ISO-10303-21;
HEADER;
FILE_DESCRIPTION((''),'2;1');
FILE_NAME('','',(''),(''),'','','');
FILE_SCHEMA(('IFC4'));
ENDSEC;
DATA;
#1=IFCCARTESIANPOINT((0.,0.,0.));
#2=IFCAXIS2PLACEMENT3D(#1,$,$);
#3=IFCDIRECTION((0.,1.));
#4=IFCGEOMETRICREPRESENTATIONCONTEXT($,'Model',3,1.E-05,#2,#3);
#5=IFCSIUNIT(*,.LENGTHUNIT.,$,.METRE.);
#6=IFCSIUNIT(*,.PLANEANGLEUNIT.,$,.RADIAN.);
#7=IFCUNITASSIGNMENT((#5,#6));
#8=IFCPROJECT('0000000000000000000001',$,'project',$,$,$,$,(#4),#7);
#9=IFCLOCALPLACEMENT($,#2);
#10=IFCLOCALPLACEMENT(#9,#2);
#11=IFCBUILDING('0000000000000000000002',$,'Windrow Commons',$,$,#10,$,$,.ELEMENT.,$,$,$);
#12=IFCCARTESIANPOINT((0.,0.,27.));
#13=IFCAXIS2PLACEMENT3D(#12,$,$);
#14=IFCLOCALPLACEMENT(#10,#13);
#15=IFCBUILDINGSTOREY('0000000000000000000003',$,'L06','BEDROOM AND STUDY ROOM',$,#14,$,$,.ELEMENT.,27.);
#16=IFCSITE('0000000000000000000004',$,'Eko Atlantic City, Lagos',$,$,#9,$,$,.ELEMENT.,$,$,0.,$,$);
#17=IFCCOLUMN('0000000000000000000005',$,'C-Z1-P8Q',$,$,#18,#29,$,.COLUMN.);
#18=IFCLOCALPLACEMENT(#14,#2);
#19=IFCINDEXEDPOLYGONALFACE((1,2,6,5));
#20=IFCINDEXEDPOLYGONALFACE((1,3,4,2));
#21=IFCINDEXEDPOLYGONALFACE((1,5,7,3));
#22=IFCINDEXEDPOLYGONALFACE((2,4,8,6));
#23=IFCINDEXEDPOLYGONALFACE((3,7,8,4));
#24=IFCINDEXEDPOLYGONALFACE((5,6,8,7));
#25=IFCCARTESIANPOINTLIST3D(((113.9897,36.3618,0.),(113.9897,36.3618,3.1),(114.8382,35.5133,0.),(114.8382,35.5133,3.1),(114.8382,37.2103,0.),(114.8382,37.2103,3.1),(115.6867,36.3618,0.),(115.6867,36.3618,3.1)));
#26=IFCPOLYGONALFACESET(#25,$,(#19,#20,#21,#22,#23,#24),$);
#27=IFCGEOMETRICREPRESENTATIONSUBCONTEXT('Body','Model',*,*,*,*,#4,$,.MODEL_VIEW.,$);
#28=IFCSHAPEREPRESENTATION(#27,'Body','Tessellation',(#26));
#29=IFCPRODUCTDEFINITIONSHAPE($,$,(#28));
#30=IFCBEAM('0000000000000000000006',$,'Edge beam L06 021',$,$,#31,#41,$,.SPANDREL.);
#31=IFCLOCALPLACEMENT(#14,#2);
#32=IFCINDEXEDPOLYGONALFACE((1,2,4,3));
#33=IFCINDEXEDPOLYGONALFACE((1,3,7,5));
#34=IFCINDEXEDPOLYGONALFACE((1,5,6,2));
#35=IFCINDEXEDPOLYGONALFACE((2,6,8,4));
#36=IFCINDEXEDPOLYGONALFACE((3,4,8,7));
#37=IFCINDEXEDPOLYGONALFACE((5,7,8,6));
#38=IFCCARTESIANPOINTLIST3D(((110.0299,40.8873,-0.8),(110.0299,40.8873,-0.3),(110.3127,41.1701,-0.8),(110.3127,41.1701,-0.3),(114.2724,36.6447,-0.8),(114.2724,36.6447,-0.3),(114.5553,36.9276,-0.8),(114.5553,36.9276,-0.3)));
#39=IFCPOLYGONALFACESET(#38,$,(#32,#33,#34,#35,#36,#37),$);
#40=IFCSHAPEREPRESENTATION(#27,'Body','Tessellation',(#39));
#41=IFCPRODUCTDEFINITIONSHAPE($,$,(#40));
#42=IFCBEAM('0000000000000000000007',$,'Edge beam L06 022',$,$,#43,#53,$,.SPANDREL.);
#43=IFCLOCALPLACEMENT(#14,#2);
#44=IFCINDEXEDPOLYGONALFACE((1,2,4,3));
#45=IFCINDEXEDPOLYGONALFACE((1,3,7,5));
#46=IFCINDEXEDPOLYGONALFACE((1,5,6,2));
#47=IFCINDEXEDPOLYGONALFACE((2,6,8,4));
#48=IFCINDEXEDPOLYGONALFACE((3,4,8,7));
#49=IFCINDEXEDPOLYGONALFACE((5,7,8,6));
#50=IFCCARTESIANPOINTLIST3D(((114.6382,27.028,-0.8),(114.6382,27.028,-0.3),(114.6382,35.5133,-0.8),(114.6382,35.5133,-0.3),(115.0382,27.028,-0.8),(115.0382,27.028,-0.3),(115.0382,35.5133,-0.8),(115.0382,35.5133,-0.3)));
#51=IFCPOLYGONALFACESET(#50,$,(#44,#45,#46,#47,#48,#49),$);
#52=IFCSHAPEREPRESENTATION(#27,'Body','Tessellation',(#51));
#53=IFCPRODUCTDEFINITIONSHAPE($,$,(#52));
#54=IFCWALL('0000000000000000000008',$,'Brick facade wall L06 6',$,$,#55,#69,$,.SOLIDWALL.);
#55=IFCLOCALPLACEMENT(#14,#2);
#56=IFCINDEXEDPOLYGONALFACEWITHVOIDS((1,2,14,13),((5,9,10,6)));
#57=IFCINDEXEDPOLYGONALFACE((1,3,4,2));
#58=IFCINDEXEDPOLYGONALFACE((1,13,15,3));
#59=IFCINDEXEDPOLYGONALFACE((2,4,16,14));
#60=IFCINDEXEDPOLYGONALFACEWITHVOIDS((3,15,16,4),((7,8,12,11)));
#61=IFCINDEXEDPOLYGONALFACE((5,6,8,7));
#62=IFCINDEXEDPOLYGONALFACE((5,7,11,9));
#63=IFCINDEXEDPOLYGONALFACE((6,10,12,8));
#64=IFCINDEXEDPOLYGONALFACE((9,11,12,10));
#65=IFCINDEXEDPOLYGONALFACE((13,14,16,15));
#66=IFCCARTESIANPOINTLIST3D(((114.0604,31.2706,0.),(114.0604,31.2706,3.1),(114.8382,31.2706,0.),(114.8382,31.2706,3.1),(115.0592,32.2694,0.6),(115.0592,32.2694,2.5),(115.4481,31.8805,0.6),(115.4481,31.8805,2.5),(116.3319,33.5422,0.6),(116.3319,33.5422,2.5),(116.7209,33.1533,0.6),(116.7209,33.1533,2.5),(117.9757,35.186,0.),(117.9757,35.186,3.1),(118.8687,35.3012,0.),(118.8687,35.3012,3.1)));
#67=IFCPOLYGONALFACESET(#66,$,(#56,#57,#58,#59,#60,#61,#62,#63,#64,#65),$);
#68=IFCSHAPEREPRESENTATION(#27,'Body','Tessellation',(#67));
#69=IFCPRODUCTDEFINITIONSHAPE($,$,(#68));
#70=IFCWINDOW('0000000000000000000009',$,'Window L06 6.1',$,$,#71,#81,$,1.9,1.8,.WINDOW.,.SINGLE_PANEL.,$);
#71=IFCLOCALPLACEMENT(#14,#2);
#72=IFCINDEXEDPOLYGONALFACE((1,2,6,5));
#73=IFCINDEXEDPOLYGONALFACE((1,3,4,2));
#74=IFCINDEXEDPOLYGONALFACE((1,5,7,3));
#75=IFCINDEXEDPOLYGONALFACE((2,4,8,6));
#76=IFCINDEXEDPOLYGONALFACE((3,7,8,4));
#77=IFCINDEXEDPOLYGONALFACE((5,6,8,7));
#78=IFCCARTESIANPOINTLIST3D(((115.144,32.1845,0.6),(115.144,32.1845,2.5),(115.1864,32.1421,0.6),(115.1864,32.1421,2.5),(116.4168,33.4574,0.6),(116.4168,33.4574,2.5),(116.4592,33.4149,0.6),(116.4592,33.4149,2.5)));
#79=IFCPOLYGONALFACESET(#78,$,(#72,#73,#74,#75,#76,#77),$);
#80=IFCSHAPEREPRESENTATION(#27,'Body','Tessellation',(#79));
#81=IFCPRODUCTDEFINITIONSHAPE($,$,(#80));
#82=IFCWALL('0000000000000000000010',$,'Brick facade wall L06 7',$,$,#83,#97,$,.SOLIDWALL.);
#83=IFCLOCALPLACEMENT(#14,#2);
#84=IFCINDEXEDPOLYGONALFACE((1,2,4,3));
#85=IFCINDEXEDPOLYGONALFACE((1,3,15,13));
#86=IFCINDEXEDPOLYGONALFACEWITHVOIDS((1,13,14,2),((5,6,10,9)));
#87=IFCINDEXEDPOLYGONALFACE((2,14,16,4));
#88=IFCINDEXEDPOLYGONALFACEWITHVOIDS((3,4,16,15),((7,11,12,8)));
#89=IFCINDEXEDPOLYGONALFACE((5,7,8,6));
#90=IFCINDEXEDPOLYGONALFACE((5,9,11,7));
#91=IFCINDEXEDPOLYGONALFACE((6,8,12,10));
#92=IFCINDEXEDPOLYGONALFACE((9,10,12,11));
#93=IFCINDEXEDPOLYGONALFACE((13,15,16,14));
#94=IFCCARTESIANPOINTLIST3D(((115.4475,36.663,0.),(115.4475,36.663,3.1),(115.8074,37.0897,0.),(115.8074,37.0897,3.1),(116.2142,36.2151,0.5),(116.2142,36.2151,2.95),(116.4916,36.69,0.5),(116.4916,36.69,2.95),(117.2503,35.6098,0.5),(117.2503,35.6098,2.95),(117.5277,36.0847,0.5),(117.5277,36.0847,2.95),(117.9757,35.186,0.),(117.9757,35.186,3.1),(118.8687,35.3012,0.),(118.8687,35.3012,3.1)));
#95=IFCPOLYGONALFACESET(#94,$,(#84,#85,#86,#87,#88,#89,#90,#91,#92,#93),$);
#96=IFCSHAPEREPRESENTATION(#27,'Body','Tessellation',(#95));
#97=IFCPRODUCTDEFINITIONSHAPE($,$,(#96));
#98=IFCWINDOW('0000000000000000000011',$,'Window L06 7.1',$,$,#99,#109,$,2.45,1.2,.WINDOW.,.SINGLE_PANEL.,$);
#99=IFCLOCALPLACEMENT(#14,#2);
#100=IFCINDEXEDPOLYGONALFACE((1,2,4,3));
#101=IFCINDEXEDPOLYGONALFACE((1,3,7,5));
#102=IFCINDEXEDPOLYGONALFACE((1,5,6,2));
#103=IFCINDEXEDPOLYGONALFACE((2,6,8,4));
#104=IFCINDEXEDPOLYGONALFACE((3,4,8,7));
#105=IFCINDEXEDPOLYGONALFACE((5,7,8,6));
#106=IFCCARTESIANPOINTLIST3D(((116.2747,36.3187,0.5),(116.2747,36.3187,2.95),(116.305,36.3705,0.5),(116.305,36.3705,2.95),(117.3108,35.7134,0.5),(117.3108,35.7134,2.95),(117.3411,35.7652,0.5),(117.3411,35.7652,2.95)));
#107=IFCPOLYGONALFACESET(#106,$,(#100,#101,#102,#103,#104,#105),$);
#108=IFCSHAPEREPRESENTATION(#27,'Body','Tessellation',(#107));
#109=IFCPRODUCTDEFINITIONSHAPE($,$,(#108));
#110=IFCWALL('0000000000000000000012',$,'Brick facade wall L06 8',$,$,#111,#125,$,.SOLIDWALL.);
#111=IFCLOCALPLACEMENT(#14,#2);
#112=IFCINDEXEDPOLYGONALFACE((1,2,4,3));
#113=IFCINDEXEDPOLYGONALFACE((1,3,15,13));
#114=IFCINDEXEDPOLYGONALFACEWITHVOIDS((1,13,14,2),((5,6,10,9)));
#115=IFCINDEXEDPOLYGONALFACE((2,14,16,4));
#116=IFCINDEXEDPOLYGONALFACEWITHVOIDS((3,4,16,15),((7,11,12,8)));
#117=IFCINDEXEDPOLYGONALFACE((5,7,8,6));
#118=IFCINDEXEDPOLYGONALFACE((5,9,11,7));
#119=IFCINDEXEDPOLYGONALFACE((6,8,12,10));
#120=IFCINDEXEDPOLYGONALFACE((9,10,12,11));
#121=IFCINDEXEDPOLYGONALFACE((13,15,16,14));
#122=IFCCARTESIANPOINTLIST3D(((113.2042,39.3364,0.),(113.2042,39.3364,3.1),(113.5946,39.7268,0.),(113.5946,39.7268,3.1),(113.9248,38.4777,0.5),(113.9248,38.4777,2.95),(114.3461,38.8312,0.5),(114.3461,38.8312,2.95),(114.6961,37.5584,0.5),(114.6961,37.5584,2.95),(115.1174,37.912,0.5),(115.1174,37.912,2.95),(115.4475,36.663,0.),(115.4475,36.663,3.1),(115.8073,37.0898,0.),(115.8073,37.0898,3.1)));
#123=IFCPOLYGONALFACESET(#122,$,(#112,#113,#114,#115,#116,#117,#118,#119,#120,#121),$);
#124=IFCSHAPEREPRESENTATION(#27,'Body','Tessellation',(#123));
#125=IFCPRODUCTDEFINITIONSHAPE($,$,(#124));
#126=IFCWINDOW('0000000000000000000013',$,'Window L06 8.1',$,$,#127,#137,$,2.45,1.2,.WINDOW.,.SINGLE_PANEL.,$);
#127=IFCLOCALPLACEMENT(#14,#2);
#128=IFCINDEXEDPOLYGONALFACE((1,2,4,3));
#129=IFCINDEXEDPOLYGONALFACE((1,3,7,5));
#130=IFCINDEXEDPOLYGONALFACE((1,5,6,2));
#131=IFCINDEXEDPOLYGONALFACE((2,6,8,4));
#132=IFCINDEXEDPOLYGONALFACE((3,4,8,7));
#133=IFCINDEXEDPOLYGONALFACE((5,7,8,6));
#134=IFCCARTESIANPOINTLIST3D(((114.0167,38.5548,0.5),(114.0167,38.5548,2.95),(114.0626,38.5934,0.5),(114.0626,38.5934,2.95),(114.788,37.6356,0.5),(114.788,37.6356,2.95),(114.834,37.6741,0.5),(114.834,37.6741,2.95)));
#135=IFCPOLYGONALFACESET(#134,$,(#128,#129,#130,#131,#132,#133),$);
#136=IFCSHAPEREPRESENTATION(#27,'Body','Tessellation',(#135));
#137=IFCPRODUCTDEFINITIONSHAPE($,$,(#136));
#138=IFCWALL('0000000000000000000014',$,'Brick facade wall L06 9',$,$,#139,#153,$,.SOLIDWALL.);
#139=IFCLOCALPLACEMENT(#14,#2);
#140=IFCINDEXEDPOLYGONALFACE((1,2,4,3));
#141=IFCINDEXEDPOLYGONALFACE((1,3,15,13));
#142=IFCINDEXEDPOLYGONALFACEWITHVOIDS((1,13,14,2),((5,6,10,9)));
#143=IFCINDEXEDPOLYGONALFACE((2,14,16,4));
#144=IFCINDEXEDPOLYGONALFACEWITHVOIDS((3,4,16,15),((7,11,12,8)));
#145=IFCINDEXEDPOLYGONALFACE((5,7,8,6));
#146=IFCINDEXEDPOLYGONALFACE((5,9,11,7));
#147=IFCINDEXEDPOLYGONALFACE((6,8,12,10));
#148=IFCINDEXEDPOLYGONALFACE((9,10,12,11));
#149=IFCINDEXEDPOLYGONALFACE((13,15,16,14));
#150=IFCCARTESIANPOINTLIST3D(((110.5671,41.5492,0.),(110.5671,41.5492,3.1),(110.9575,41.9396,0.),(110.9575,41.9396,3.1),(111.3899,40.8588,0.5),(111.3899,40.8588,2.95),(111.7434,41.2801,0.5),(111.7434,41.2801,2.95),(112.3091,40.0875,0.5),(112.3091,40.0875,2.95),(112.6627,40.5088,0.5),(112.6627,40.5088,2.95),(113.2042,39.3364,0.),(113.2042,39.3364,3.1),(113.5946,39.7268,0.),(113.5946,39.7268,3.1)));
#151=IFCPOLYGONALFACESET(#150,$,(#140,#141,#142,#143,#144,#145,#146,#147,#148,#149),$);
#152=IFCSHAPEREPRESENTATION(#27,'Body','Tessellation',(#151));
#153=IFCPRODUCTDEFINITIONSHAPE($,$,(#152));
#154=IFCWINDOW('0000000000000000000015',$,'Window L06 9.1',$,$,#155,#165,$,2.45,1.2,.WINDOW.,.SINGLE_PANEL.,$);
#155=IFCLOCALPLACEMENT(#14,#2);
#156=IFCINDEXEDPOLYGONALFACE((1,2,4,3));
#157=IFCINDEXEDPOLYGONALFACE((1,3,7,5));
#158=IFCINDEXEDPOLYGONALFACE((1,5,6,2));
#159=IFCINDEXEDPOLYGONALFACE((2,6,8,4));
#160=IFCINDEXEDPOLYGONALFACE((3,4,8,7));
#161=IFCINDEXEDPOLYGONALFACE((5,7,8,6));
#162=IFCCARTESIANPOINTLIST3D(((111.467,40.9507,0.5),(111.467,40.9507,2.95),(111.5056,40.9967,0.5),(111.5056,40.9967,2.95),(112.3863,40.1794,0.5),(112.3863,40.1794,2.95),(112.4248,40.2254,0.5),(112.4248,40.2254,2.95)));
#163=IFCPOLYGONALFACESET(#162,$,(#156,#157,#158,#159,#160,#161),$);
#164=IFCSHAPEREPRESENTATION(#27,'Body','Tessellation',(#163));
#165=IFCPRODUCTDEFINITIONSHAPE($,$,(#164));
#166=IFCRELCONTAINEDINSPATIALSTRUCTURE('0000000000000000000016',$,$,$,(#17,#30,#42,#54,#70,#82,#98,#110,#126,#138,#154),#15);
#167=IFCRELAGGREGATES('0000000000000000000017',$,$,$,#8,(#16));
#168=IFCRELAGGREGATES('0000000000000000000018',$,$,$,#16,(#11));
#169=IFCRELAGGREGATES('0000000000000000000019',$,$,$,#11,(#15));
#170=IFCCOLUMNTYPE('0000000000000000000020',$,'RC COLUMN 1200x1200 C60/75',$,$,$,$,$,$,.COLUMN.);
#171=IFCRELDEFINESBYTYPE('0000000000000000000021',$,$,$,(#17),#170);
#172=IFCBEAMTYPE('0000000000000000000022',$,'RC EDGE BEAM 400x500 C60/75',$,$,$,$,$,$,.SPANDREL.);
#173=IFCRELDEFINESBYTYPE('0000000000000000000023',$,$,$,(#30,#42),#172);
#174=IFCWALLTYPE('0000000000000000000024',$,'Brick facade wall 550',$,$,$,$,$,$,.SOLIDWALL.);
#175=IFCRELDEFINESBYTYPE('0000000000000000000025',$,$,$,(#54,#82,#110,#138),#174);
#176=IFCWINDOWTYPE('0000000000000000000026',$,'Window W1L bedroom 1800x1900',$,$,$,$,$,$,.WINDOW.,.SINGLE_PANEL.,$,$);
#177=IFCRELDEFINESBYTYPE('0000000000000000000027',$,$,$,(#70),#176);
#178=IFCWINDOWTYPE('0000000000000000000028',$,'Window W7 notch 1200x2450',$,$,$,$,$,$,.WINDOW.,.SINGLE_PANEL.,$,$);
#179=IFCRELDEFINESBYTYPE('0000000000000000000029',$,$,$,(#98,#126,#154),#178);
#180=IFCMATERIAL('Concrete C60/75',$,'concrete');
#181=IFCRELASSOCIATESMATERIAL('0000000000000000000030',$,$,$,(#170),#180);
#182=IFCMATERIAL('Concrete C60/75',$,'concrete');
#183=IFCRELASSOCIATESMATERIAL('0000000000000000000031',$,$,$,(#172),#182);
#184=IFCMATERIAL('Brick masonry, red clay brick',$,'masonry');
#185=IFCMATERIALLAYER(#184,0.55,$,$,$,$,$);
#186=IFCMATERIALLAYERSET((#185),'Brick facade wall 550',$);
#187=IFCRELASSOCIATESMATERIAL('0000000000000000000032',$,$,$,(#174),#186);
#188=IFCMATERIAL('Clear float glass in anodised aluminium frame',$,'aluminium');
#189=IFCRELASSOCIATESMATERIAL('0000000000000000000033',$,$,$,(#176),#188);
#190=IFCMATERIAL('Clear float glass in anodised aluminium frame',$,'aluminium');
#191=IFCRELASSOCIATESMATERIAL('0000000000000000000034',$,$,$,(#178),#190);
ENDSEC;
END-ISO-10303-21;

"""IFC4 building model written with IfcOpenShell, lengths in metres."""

from ifc_helpers import new_model, si_unit, direction, frame, frame_2d, origin, origin_2d, place, context, subcontext, project, spatial, polyline, rectangle, outline, extrude, material, layer, layer_set, material_profile, profile_set, type_object, element, fill, save


model = new_model("IFC4")

# Units and contexts
model_context = context("Model", 3, precision=1e-05, world=origin(), true_north=direction((0.0, 1.0)))
body_context = subcontext(model_context, "Body", "Model", "MODEL_VIEW")
ifc_project = project(units=[si_unit("LENGTHUNIT", "METRE"), si_unit("PLANEANGLEUNIT", "RADIAN")], contexts=[model_context])

# Site, building, storey
site_placement = place(None, origin())
site = spatial("IfcSite", under=ifc_project, at=site_placement, Name="Eko Atlantic City, Lagos", CompositionType="ELEMENT", RefElevation=0.0)
building_placement = place(site_placement, origin())
building = spatial("IfcBuilding", under=site, at=building_placement, Name="Windrow Commons", CompositionType="ELEMENT")
storey_placement = place(building_placement, frame((0.0, 0.0, 27.0)))
storey = spatial("IfcBuildingStorey", under=building, at=storey_placement, Name="L06", Description="BEDROOM AND STUDY ROOM", CompositionType="ELEMENT", Elevation=27.0)

# Column
ifc_material_1 = material(Name="Concrete C60/75", Category="concrete")
ifc_material_profile_1 = material_profile(ifc_material_1, rectangle(XDim=1.2, YDim=1.2, at=origin_2d()))
ifc_profile_set_1 = profile_set([ifc_material_profile_1], Name="Concrete C60/75")
column_type = type_object("IfcColumnType", Name="RC COLUMN 1200x1200 C60/75", PredefinedType="COLUMN", material=ifc_profile_set_1)
column_placement = place(storey_placement, frame((114.8382, 36.3618, 0.0), z_axis=(0.0, 0.0, 1.0), x_axis=(0.707107, -0.707107, 0.0)))
element("IfcColumn", 1, at=column_placement, inside=storey, type_object=column_type, Name="C-Z1-P8Q", PredefinedType="COLUMN", context=body_context, shape_type="SweptSolid", body=[
    extrude(rectangle(XDim=1.2, YDim=1.2, at=origin_2d()), origin(), (0.0, 0.0, 1.0), 3.1),
])

# Beams
ifc_material_2 = material(Name="Concrete C60/75", Category="concrete")
ifc_material_profile_2 = material_profile(ifc_material_2, rectangle(XDim=0.4, YDim=0.5, at=origin_2d()))
ifc_profile_set_2 = profile_set([ifc_material_profile_2], Name="Concrete C60/75")
beam_type = type_object("IfcBeamType", Name="RC EDGE BEAM 400x500 C60/75", PredefinedType="SPANDREL", material=ifc_profile_set_2)
beam_1_placement = place(storey_placement, frame((110.1713, 41.0287, -0.55), z_axis=(0.707107, -0.707107, 0.0), x_axis=(0.707107, 0.707107, 0.0)))
element("IfcBeam", 2, at=beam_1_placement, inside=storey, type_object=beam_type, Name="Edge beam L06 021", PredefinedType="SPANDREL", context=body_context, shape_type="SweptSolid", body=[
    extrude(rectangle(XDim=0.4, YDim=0.5, at=origin_2d()), origin(), (0.0, 0.0, 1.0), 5.9999),
])
beam_2_placement = place(storey_placement, frame((114.8382, 35.5133, -0.55), z_axis=(0.0, -1.0, 0.0), x_axis=(1.0, 0.0, 0.0)))
element("IfcBeam", 3, at=beam_2_placement, inside=storey, type_object=beam_type, Name="Edge beam L06 022", PredefinedType="SPANDREL", context=body_context, shape_type="SweptSolid", body=[
    extrude(rectangle(XDim=0.4, YDim=0.5, at=origin_2d()), origin(), (0.0, 0.0, 1.0), 8.4853),
])

# Walls, openings, windows
ifc_material_3 = material(Name="Brick masonry, red clay brick", Category="masonry")
ifc_layer_1 = layer(ifc_material_3, 0.55)
ifc_layer_set_1 = layer_set([ifc_layer_1], Name="Brick facade wall 550")
wall_type_1 = type_object("IfcWallType", Name="Brick facade wall 550", PredefinedType="SOLIDWALL", material=ifc_layer_set_1)
wall_1_placement = place(storey_placement, frame((114.4493, 31.2706, 0.0), z_axis=(0.0, 0.0, 1.0), x_axis=(0.707098, 0.707116, 0.0)))
wall_1 = element("IfcWall", 4, at=wall_1_placement, inside=storey, type_object=wall_type_1, Name="Brick facade wall L06 6", PredefinedType="SOLIDWALL", context=body_context, shape_type="SweptSolid", body=[
    extrude(outline(polyline([(0.275, -0.275), (5.975, -0.275), (5.2621, 0.275), (-0.275, 0.275), (0.275, -0.275)])), origin(), (0.0, 0.0, 1.0), 3.1),
])
opening_1_placement = place(wall_1_placement, frame((1.1375, 0.0, 0.6)))
opening_1 = element("IfcOpeningElement", 5, at=opening_1_placement, cuts=wall_1, PredefinedType="OPENING", context=body_context, shape_type="SweptSolid", body=[
    extrude(rectangle(XDim=1.8, YDim=1.9, at=frame_2d((0.9, 0.95))), frame((0.0, 0.285, 0.0), z_axis=(0.0, -1.0, 0.0), x_axis=(1.0, 0.0, 0.0)), (0.0, 0.0, 1.0), 0.57),
])
ifc_material_4 = material(Name="Clear float glass in anodised aluminium frame", Category="aluminium")
window_type_1 = type_object("IfcWindowType", Name="Window W1L bedroom 1800x1900", PartitioningType="SINGLE_PANEL", PredefinedType="WINDOW", material=ifc_material_4)
window_1_placement = place(opening_1_placement, origin())
window_1 = element("IfcWindow", 6, at=window_1_placement, inside=storey, type_object=window_type_1, Name="Window L06 6.1", OverallHeight=1.9, OverallWidth=1.8, PartitioningType="SINGLE_PANEL", PredefinedType="WINDOW", context=body_context, shape_type="SweptSolid", body=[
    extrude(rectangle(XDim=1.8, YDim=1.9, at=frame_2d((0.9, 0.95))), frame((0.0, 0.155, 0.0), z_axis=(0.0, -1.0, 0.0), x_axis=(1.0, 0.0, 0.0)), (0.0, 0.0, 1.0), 0.06),
])
fill(opening_1, window_1)
wall_2_placement = place(storey_placement, frame((118.4222, 35.2436, 0.0), z_axis=(0.0, 0.0, 1.0), x_axis=(-0.863443, 0.504447, 0.0)))
wall_2 = element("IfcWall", 7, at=wall_2_placement, inside=storey, type_object=wall_type_1, Name="Brick facade wall L06 7", PredefinedType="SOLIDWALL", context=body_context, shape_type="SweptSolid", body=[
    extrude(outline(polyline([(-0.3565, -0.275), (3.189, -0.275), (3.2845, 0.275), (0.3565, 0.275), (-0.3565, -0.275)])), origin(), (0.0, 0.0, 1.0), 3.1),
])
opening_2_placement = place(wall_2_placement, frame((1.1966, 0.0, 0.5)))
opening_2 = element("IfcOpeningElement", 8, at=opening_2_placement, cuts=wall_2, PredefinedType="OPENING", context=body_context, shape_type="SweptSolid", body=[
    extrude(rectangle(XDim=1.2, YDim=2.45, at=frame_2d((0.6, 1.225))), frame((0.0, 0.285, 0.0), z_axis=(0.0, -1.0, 0.0), x_axis=(1.0, 0.0, 0.0)), (0.0, 0.0, 1.0), 0.57),
])
ifc_material_5 = material(Name="Clear float glass in anodised aluminium frame", Category="aluminium")
window_type_2 = type_object("IfcWindowType", Name="Window W7 notch 1200x2450", PartitioningType="SINGLE_PANEL", PredefinedType="WINDOW", material=ifc_material_5)
window_2_placement = place(opening_2_placement, origin())
window_2 = element("IfcWindow", 9, at=window_2_placement, inside=storey, type_object=window_type_2, Name="Window L06 7.1", OverallHeight=2.45, OverallWidth=1.2, PartitioningType="SINGLE_PANEL", PredefinedType="WINDOW", context=body_context, shape_type="SweptSolid", body=[
    extrude(rectangle(XDim=1.2, YDim=2.45, at=frame_2d((0.6, 1.225))), frame((0.0, 0.155, 0.0), z_axis=(0.0, -1.0, 0.0), x_axis=(1.0, 0.0, 0.0)), (0.0, 0.0, 1.0), 0.06),
])
fill(opening_2, window_2)
wall_3_placement = place(storey_placement, frame((115.6274, 36.8764, 0.0), z_axis=(0.0, 0.0, 1.0), x_axis=(-0.642791, 0.766041, 0.0)))
wall_3 = element("IfcWall", 10, at=wall_3_placement, inside=storey, type_object=wall_type_1, Name="Brick facade wall L06 8", PredefinedType="SOLIDWALL", context=body_context, shape_type="SweptSolid", body=[
    extrude(outline(polyline([(0.0478, -0.275), (3.4902, -0.275), (3.4421, 0.275), (-0.0478, 0.275), (0.0478, -0.275)])), origin(), (0.0, 0.0, 1.0), 3.1),
])
opening_3_placement = place(wall_3_placement, frame((1.1211, 0.0, 0.5)))
opening_3 = element("IfcOpeningElement", 11, at=opening_3_placement, cuts=wall_3, PredefinedType="OPENING", context=body_context, shape_type="SweptSolid", body=[
    extrude(rectangle(XDim=1.2, YDim=2.45, at=frame_2d((0.6, 1.225))), frame((0.0, 0.285, 0.0), z_axis=(0.0, -1.0, 0.0), x_axis=(1.0, 0.0, 0.0)), (0.0, 0.0, 1.0), 0.57),
])
window_3_placement = place(opening_3_placement, origin())
window_3 = element("IfcWindow", 12, at=window_3_placement, inside=storey, type_object=window_type_2, Name="Window L06 8.1", OverallHeight=2.45, OverallWidth=1.2, PartitioningType="SINGLE_PANEL", PredefinedType="WINDOW", context=body_context, shape_type="SweptSolid", body=[
    extrude(rectangle(XDim=1.2, YDim=2.45, at=frame_2d((0.6, 1.225))), frame((0.0, 0.155, 0.0), z_axis=(0.0, -1.0, 0.0), x_axis=(1.0, 0.0, 0.0)), (0.0, 0.0, 1.0), 0.06),
])
fill(opening_3, window_3)
wall_4_placement = place(storey_placement, frame((113.3994, 39.5316, 0.0), z_axis=(0.0, 0.0, 1.0), x_axis=(-0.766043, 0.642789, 0.0)))
wall_4 = element("IfcWall", 13, at=wall_4_placement, inside=storey, type_object=wall_type_1, Name="Brick facade wall L06 9", PredefinedType="SOLIDWALL", context=body_context, shape_type="SweptSolid", body=[
    extrude(outline(polyline([(-0.0241, -0.275), (3.4184, -0.275), (3.4665, 0.275), (0.0241, 0.275), (-0.0241, -0.275)])), origin(), (0.0, 0.0, 1.0), 3.1),
])
opening_4_placement = place(wall_4_placement, frame((1.1925, 0.0, 0.5)))
opening_4 = element("IfcOpeningElement", 14, at=opening_4_placement, cuts=wall_4, PredefinedType="OPENING", context=body_context, shape_type="SweptSolid", body=[
    extrude(rectangle(XDim=1.2, YDim=2.45, at=frame_2d((0.6, 1.225))), frame((0.0, 0.285, 0.0), z_axis=(0.0, -1.0, 0.0), x_axis=(1.0, 0.0, 0.0)), (0.0, 0.0, 1.0), 0.57),
])
window_4_placement = place(opening_4_placement, origin())
window_4 = element("IfcWindow", 15, at=window_4_placement, inside=storey, type_object=window_type_2, Name="Window L06 9.1", OverallHeight=2.45, OverallWidth=1.2, PartitioningType="SINGLE_PANEL", PredefinedType="WINDOW", context=body_context, shape_type="SweptSolid", body=[
    extrude(rectangle(XDim=1.2, YDim=2.45, at=frame_2d((0.6, 1.225))), frame((0.0, 0.155, 0.0), z_axis=(0.0, -1.0, 0.0), x_axis=(1.0, 0.0, 0.0)), (0.0, 0.0, 1.0), 0.06),
])
fill(opening_4, window_4)

save(model, "model.ifc")
